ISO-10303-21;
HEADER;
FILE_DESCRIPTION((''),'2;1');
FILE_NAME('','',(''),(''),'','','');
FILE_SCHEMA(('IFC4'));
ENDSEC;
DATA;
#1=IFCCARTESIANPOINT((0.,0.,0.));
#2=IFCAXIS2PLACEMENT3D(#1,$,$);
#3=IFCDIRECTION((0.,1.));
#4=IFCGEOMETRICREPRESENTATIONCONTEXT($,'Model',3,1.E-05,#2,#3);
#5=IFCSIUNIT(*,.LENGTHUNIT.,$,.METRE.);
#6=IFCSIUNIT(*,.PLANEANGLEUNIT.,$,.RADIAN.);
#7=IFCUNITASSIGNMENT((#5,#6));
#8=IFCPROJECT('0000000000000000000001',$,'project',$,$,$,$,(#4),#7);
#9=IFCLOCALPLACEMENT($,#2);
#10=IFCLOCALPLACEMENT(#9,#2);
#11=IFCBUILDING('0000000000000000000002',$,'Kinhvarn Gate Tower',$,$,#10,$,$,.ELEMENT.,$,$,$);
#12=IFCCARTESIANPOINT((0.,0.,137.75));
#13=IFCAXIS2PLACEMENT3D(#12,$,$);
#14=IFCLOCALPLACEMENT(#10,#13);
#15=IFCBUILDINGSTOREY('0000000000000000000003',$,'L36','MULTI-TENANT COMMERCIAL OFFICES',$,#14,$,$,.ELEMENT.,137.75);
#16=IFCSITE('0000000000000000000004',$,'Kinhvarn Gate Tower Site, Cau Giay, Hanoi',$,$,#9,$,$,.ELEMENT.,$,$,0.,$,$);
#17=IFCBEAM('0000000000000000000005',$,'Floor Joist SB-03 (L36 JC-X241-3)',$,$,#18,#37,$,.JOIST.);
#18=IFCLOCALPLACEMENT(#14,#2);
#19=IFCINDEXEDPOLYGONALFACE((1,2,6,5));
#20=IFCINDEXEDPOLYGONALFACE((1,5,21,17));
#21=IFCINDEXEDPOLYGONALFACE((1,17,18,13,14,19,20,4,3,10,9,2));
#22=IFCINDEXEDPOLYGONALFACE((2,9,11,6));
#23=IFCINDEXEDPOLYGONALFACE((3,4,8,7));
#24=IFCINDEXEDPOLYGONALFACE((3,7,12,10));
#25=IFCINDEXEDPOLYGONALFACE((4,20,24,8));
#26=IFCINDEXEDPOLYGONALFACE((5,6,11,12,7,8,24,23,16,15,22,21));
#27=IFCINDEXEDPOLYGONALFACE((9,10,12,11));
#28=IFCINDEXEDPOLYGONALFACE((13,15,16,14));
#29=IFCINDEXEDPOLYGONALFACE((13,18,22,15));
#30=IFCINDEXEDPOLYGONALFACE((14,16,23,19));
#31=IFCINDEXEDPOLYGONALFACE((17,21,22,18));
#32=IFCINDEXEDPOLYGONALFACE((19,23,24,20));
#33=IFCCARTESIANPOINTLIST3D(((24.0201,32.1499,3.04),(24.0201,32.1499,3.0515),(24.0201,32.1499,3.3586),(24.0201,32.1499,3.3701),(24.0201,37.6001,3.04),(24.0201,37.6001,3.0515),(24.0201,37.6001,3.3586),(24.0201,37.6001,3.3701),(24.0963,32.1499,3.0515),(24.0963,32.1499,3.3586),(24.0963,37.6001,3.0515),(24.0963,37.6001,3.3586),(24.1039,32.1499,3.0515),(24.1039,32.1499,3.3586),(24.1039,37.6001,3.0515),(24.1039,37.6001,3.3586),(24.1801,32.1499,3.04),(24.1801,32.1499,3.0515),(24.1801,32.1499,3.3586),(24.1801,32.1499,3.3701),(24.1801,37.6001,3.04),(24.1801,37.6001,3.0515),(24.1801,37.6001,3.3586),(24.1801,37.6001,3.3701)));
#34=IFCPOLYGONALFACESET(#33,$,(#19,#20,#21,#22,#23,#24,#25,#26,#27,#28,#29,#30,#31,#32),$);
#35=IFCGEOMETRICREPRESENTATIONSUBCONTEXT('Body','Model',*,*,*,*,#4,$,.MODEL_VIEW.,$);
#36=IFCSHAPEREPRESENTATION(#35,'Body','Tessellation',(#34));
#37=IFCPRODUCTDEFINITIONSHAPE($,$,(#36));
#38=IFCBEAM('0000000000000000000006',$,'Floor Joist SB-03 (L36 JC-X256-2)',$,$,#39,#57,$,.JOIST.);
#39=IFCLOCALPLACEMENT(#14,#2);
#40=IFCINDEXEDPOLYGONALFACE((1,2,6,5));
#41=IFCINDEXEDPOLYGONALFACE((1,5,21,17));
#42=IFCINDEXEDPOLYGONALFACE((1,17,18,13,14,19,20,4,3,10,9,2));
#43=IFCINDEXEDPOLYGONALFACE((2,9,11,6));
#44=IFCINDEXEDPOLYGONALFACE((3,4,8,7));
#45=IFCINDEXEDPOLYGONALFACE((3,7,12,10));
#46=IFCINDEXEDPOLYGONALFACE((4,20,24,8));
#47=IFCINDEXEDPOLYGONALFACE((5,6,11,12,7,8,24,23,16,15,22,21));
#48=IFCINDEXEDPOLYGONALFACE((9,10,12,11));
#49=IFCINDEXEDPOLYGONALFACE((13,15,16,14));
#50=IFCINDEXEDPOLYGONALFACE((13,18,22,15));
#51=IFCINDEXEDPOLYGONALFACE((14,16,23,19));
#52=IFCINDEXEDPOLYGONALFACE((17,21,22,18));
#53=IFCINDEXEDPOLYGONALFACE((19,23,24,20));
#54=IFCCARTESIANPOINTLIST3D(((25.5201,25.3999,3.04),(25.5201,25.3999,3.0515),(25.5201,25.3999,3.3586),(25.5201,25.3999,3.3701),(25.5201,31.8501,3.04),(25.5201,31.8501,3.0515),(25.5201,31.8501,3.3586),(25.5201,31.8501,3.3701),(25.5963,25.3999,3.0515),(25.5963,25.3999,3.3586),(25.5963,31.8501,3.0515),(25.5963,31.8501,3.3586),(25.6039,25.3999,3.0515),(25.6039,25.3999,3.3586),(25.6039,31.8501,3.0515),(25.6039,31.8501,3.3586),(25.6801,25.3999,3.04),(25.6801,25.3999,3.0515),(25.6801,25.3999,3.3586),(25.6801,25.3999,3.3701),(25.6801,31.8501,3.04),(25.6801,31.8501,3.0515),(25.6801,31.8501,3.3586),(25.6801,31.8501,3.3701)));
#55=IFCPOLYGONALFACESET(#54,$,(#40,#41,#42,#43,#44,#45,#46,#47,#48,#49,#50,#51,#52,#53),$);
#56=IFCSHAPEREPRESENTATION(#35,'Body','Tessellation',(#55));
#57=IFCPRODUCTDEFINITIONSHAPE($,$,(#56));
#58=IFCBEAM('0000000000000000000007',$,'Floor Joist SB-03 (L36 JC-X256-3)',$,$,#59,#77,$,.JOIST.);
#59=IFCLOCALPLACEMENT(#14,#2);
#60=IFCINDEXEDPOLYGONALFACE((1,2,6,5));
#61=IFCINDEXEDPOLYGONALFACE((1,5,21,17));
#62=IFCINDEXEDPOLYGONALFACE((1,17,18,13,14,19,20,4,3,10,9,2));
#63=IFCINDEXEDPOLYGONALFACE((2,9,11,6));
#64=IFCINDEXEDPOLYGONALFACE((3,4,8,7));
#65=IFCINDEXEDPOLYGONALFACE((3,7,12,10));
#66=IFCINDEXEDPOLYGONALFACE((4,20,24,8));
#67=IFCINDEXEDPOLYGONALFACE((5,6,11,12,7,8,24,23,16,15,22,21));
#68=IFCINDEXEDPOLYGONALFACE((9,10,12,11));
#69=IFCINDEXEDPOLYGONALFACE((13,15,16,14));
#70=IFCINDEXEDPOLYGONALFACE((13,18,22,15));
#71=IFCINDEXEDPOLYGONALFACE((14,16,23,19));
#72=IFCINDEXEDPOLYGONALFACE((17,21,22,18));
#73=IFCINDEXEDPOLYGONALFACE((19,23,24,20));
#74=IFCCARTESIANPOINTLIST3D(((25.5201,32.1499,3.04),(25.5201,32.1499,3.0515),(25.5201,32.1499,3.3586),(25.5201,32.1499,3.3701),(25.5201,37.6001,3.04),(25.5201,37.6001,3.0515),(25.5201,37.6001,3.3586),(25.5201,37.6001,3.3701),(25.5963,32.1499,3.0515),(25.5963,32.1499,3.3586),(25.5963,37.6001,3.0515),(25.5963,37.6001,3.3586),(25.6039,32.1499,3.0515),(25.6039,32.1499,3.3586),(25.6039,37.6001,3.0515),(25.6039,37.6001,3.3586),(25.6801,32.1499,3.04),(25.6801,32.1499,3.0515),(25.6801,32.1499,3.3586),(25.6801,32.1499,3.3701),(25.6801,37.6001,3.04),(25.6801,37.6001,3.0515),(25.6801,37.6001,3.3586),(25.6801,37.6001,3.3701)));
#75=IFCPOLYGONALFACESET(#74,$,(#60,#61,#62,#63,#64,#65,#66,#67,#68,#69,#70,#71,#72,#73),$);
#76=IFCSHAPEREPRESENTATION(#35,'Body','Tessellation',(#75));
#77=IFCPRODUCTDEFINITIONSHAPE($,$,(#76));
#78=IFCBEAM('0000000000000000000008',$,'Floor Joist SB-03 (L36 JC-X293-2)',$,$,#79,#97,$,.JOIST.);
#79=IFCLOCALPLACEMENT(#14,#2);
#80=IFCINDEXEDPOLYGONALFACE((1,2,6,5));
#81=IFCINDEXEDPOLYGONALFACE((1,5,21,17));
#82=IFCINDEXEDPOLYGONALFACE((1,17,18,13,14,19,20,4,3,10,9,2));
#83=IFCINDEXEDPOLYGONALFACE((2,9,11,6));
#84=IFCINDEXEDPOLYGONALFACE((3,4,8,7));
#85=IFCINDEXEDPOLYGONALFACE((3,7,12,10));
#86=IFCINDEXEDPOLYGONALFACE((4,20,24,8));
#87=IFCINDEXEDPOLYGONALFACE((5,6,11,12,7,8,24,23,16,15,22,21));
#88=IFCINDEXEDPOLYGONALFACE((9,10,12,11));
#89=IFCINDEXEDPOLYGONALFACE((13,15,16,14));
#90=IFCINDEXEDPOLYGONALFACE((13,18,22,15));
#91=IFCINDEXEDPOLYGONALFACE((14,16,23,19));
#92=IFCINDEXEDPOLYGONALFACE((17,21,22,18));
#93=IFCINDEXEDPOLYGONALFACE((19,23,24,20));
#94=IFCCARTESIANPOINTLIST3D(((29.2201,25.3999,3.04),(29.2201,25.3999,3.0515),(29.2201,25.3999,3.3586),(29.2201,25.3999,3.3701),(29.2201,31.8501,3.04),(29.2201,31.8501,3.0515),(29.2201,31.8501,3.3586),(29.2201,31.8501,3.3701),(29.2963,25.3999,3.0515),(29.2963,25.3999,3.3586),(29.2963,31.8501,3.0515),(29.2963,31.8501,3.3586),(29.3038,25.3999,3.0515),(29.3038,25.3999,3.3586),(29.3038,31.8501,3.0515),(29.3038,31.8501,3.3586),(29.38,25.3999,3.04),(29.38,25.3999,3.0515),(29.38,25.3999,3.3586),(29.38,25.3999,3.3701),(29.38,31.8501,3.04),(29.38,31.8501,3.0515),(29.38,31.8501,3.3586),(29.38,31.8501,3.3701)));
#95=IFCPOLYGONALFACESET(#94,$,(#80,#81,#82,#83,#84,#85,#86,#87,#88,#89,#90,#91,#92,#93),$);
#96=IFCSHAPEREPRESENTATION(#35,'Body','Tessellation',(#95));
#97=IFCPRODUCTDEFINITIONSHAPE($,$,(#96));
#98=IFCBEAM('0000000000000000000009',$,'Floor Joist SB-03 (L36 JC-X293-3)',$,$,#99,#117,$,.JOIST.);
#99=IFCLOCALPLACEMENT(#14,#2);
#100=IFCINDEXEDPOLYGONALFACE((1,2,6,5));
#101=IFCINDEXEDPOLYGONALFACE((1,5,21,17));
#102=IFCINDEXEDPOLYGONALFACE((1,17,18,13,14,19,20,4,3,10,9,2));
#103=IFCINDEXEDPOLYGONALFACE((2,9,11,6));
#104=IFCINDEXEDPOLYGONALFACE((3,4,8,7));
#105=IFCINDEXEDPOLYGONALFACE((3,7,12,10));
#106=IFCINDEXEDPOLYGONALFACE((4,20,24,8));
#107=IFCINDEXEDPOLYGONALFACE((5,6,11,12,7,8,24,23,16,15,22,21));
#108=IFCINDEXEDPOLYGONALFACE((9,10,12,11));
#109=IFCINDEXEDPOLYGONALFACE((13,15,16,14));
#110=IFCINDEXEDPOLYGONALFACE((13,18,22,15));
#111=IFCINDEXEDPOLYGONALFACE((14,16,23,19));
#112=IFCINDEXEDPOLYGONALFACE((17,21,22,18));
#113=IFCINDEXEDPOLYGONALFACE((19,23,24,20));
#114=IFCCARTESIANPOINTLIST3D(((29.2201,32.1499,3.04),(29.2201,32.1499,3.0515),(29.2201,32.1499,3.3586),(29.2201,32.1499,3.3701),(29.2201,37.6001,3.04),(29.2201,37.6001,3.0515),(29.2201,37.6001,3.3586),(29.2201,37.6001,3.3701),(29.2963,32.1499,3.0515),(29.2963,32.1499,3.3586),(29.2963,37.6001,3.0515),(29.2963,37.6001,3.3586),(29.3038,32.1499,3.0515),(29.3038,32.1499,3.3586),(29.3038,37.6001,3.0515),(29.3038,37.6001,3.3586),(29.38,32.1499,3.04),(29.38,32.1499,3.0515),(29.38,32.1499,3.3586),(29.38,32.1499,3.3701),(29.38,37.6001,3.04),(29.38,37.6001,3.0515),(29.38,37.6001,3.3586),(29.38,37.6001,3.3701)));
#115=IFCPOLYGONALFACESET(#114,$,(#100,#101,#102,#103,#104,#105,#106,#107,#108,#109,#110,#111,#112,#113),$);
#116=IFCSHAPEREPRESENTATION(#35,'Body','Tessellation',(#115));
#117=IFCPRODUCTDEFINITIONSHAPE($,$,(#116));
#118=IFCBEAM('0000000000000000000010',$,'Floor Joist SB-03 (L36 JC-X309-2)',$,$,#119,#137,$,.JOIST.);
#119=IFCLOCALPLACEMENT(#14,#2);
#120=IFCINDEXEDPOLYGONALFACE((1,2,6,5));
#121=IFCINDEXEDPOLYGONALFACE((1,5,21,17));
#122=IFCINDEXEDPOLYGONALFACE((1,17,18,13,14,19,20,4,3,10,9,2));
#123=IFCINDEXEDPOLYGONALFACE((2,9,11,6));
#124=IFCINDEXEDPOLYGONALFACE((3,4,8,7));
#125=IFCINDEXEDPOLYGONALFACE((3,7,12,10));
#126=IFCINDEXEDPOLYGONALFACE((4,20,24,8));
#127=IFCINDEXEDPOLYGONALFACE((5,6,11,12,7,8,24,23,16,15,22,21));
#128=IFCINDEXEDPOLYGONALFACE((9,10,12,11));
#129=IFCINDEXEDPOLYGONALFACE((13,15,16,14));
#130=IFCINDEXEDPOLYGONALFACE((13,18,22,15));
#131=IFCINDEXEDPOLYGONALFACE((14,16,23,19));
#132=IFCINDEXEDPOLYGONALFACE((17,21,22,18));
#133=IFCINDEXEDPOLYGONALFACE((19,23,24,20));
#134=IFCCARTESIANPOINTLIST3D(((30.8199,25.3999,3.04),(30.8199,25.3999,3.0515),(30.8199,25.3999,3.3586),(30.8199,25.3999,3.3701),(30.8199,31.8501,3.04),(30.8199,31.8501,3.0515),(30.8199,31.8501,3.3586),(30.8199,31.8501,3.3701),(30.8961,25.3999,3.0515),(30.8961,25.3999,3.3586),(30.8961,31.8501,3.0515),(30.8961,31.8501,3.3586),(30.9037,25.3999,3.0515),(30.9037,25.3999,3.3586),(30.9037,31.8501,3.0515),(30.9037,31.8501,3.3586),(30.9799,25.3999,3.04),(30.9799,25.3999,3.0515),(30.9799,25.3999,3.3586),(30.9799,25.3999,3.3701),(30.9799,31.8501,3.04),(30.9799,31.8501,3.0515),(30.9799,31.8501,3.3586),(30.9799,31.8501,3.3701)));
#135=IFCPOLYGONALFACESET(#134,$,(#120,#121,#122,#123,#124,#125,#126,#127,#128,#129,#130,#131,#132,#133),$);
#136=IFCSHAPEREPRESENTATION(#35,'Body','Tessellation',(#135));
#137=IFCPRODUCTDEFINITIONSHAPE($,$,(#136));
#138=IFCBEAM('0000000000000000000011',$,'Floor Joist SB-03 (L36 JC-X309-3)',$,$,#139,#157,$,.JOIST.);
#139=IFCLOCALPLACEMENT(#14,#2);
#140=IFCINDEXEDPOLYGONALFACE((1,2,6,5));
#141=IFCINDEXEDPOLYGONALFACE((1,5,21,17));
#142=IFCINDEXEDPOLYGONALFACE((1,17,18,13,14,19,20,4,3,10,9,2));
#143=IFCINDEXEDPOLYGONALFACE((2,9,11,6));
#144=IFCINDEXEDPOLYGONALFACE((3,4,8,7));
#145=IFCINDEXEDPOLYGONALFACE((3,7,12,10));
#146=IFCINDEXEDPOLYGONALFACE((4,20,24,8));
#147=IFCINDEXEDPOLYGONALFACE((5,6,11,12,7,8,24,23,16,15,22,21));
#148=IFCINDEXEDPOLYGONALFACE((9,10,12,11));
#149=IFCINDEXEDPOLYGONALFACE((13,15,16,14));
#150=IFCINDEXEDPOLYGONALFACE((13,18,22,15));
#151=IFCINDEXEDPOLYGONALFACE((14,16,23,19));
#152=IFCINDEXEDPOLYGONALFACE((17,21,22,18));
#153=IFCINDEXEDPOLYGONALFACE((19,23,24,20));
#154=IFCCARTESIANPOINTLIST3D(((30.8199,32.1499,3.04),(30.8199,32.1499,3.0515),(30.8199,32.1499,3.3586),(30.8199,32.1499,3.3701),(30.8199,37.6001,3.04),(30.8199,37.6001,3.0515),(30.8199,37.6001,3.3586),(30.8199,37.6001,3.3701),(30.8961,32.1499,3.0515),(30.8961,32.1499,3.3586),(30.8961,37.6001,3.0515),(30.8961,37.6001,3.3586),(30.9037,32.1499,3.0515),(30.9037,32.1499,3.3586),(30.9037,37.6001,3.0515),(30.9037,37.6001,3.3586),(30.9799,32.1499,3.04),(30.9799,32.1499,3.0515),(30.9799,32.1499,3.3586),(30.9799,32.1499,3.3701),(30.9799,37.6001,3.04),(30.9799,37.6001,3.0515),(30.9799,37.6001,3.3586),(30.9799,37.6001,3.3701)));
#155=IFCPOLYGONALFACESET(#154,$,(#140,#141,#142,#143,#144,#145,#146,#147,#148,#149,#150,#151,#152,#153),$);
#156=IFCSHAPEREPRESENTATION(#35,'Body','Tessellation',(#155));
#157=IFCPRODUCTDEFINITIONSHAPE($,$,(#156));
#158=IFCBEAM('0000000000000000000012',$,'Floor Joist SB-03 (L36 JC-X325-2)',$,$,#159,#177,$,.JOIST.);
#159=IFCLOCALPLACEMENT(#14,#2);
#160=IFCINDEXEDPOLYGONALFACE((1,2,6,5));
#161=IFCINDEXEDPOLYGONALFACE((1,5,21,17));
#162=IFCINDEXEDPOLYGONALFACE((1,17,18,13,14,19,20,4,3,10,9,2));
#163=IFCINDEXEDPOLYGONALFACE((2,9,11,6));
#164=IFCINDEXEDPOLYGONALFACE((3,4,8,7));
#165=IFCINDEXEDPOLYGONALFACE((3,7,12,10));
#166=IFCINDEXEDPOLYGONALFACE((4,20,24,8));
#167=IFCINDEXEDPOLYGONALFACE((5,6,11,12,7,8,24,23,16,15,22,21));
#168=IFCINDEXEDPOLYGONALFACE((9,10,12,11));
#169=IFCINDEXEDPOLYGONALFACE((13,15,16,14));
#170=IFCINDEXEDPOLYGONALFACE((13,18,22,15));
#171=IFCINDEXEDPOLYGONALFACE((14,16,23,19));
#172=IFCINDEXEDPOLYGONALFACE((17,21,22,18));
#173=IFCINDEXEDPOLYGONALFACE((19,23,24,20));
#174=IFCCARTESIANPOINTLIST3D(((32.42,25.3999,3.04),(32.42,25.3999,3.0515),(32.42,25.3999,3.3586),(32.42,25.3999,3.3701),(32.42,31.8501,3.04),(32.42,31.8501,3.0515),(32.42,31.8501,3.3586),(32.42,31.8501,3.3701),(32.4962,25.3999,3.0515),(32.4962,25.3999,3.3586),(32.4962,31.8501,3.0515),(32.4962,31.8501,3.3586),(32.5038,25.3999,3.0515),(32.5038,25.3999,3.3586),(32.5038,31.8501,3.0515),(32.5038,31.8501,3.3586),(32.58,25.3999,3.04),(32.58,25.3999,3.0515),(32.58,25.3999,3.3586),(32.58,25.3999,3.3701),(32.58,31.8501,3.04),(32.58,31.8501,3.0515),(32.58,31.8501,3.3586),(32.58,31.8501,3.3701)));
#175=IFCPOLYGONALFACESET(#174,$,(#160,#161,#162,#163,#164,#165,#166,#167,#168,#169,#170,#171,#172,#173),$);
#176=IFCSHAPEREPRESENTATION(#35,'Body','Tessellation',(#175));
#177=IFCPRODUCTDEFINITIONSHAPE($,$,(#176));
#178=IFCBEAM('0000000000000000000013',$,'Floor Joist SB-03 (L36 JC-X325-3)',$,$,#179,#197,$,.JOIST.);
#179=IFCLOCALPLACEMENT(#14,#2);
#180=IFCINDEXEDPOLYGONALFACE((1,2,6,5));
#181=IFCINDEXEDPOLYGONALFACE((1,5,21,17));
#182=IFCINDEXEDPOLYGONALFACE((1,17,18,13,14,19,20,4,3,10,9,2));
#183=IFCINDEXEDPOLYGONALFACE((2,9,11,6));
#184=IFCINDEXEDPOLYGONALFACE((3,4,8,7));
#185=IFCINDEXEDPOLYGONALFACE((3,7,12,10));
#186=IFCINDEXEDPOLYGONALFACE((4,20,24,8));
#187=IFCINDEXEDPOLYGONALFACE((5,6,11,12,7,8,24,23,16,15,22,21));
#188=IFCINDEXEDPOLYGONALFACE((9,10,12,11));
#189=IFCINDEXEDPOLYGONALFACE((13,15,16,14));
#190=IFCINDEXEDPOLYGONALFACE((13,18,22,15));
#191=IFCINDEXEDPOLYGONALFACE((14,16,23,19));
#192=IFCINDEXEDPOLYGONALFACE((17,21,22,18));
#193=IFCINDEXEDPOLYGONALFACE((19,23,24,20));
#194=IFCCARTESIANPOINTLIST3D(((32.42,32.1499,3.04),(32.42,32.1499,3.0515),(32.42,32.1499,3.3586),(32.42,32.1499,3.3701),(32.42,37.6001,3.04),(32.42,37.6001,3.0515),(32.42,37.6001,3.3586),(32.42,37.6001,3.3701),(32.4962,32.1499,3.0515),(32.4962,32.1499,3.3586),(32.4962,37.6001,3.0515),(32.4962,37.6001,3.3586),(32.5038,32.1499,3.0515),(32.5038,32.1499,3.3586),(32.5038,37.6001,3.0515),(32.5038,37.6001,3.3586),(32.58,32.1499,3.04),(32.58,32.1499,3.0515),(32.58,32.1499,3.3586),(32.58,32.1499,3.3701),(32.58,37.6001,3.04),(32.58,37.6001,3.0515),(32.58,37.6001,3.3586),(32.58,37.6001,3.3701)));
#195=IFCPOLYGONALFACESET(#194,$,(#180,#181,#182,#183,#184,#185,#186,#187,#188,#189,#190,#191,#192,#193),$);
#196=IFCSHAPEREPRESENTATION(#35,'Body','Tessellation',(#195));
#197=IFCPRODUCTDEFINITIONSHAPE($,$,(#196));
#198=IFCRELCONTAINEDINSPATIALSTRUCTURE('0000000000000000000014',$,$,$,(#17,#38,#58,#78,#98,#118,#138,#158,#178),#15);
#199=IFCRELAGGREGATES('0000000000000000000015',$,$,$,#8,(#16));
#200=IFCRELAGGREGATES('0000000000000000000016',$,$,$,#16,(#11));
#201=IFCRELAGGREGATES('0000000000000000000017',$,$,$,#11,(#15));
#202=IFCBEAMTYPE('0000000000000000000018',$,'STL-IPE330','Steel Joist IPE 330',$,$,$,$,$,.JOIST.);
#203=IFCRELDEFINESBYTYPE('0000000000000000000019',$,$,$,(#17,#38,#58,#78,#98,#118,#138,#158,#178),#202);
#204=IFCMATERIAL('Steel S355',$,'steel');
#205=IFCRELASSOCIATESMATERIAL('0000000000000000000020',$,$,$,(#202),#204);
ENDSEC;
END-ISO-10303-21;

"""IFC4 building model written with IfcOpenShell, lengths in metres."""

from ifc_helpers import new_model, si_unit, direction, frame, origin, origin_2d, place, context, subcontext, project, spatial, i_section, extrude, material, material_profile, profile_set, type_object, element, save


model = new_model("IFC4")

# Units and contexts
model_context = context("Model", 3, precision=1e-05, world=origin(), true_north=direction((0.0, 1.0)))
body_context = subcontext(model_context, "Body", "Model", "MODEL_VIEW")
ifc_project = project(units=[si_unit("LENGTHUNIT", "METRE"), si_unit("PLANEANGLEUNIT", "RADIAN")], contexts=[model_context])

# Site, building, storey
site_placement = place(None, origin())
site = spatial("IfcSite", under=ifc_project, at=site_placement, Name="Kinhvarn Gate Tower Site, Cau Giay, Hanoi", CompositionType="ELEMENT", RefElevation=0.0)
building_placement = place(site_placement, origin())
building = spatial("IfcBuilding", under=site, at=building_placement, Name="Kinhvarn Gate Tower", CompositionType="ELEMENT")
storey_placement = place(building_placement, frame((0.0, 0.0, 137.75)))
storey = spatial("IfcBuildingStorey", under=building, at=storey_placement, Name="L36", Description="MULTI-TENANT COMMERCIAL OFFICES", CompositionType="ELEMENT", Elevation=137.75)

# Beams
ifc_material_1 = material(Name="Steel S355", Category="steel")
ifc_material_profile = material_profile(ifc_material_1, i_section(OverallWidth=0.1599, OverallDepth=0.3301, WebThickness=0.0076, FlangeThickness=0.0115, at=origin_2d()), Name="IPE 330")
ifc_profile_set = profile_set([ifc_material_profile], Name="Steel S355")
beam_type = type_object("IfcBeamType", Name="STL-IPE330", Description="Steel Joist IPE 330", PredefinedType="JOIST", material=ifc_profile_set)
beam_1_placement = place(storey_placement, frame((24.1001, 32.1499, 3.2051), z_axis=(0.0, 1.0, 0.0), x_axis=(-1.0, 0.0, 0.0)))
element("IfcBeam", 1, at=beam_1_placement, inside=storey, type_object=beam_type, Name="Floor Joist SB-03 (L36 JC-X241-3)", PredefinedType="JOIST", context=body_context, shape_type="SweptSolid", body=[
    extrude(i_section(OverallWidth=0.1599, OverallDepth=0.3301, WebThickness=0.0076, FlangeThickness=0.0115, at=origin_2d()), origin(), (0.0, 0.0, 1.0), 5.4502),
])
beam_2_placement = place(storey_placement, frame((25.6001, 25.3999, 3.2051), z_axis=(0.0, 1.0, 0.0), x_axis=(-1.0, 0.0, 0.0)))
element("IfcBeam", 2, at=beam_2_placement, inside=storey, type_object=beam_type, Name="Floor Joist SB-03 (L36 JC-X256-2)", PredefinedType="JOIST", context=body_context, shape_type="SweptSolid", body=[
    extrude(i_section(OverallWidth=0.1599, OverallDepth=0.3301, WebThickness=0.0076, FlangeThickness=0.0115, at=origin_2d()), origin(), (0.0, 0.0, 1.0), 6.4502),
])
beam_3_placement = place(storey_placement, frame((25.6001, 32.1499, 3.2051), z_axis=(0.0, 1.0, 0.0), x_axis=(-1.0, 0.0, 0.0)))
element("IfcBeam", 3, at=beam_3_placement, inside=storey, type_object=beam_type, Name="Floor Joist SB-03 (L36 JC-X256-3)", PredefinedType="JOIST", context=body_context, shape_type="SweptSolid", body=[
    extrude(i_section(OverallWidth=0.1599, OverallDepth=0.3301, WebThickness=0.0076, FlangeThickness=0.0115, at=origin_2d()), origin(), (0.0, 0.0, 1.0), 5.4502),
])
beam_4_placement = place(storey_placement, frame((29.3, 25.3999, 3.2051), z_axis=(0.0, 1.0, 0.0), x_axis=(-1.0, 0.0, 0.0)))
element("IfcBeam", 4, at=beam_4_placement, inside=storey, type_object=beam_type, Name="Floor Joist SB-03 (L36 JC-X293-2)", PredefinedType="JOIST", context=body_context, shape_type="SweptSolid", body=[
    extrude(i_section(OverallWidth=0.1599, OverallDepth=0.3301, WebThickness=0.0076, FlangeThickness=0.0115, at=origin_2d()), origin(), (0.0, 0.0, 1.0), 6.4502),
])
beam_5_placement = place(storey_placement, frame((29.3, 32.1499, 3.2051), z_axis=(0.0, 1.0, 0.0), x_axis=(-1.0, 0.0, 0.0)))
element("IfcBeam", 5, at=beam_5_placement, inside=storey, type_object=beam_type, Name="Floor Joist SB-03 (L36 JC-X293-3)", PredefinedType="JOIST", context=body_context, shape_type="SweptSolid", body=[
    extrude(i_section(OverallWidth=0.1599, OverallDepth=0.3301, WebThickness=0.0076, FlangeThickness=0.0115, at=origin_2d()), origin(), (0.0, 0.0, 1.0), 5.4502),
])
beam_6_placement = place(storey_placement, frame((30.8999, 25.3999, 3.2051), z_axis=(0.0, 1.0, 0.0), x_axis=(-1.0, 0.0, 0.0)))
element("IfcBeam", 6, at=beam_6_placement, inside=storey, type_object=beam_type, Name="Floor Joist SB-03 (L36 JC-X309-2)", PredefinedType="JOIST", context=body_context, shape_type="SweptSolid", body=[
    extrude(i_section(OverallWidth=0.1599, OverallDepth=0.3301, WebThickness=0.0076, FlangeThickness=0.0115, at=origin_2d()), origin(), (0.0, 0.0, 1.0), 6.4502),
])
beam_7_placement = place(storey_placement, frame((30.8999, 32.1499, 3.2051), z_axis=(0.0, 1.0, 0.0), x_axis=(-1.0, 0.0, 0.0)))
element("IfcBeam", 7, at=beam_7_placement, inside=storey, type_object=beam_type, Name="Floor Joist SB-03 (L36 JC-X309-3)", PredefinedType="JOIST", context=body_context, shape_type="SweptSolid", body=[
    extrude(i_section(OverallWidth=0.1599, OverallDepth=0.3301, WebThickness=0.0076, FlangeThickness=0.0115, at=origin_2d()), origin(), (0.0, 0.0, 1.0), 5.4502),
])
beam_8_placement = place(storey_placement, frame((32.5, 25.3999, 3.2051), z_axis=(0.0, 1.0, 0.0), x_axis=(-1.0, 0.0, 0.0)))
element("IfcBeam", 8, at=beam_8_placement, inside=storey, type_object=beam_type, Name="Floor Joist SB-03 (L36 JC-X325-2)", PredefinedType="JOIST", context=body_context, shape_type="SweptSolid", body=[
    extrude(i_section(OverallWidth=0.1599, OverallDepth=0.3301, WebThickness=0.0076, FlangeThickness=0.0115, at=origin_2d()), origin(), (0.0, 0.0, 1.0), 6.4502),
])
beam_9_placement = place(storey_placement, frame((32.5, 32.1499, 3.2051), z_axis=(0.0, 1.0, 0.0), x_axis=(-1.0, 0.0, 0.0)))
element("IfcBeam", 9, at=beam_9_placement, inside=storey, type_object=beam_type, Name="Floor Joist SB-03 (L36 JC-X325-3)", PredefinedType="JOIST", context=body_context, shape_type="SweptSolid", body=[
    extrude(i_section(OverallWidth=0.1599, OverallDepth=0.3301, WebThickness=0.0076, FlangeThickness=0.0115, at=origin_2d()), origin(), (0.0, 0.0, 1.0), 5.4502),
])

save(model, "model.ifc")
